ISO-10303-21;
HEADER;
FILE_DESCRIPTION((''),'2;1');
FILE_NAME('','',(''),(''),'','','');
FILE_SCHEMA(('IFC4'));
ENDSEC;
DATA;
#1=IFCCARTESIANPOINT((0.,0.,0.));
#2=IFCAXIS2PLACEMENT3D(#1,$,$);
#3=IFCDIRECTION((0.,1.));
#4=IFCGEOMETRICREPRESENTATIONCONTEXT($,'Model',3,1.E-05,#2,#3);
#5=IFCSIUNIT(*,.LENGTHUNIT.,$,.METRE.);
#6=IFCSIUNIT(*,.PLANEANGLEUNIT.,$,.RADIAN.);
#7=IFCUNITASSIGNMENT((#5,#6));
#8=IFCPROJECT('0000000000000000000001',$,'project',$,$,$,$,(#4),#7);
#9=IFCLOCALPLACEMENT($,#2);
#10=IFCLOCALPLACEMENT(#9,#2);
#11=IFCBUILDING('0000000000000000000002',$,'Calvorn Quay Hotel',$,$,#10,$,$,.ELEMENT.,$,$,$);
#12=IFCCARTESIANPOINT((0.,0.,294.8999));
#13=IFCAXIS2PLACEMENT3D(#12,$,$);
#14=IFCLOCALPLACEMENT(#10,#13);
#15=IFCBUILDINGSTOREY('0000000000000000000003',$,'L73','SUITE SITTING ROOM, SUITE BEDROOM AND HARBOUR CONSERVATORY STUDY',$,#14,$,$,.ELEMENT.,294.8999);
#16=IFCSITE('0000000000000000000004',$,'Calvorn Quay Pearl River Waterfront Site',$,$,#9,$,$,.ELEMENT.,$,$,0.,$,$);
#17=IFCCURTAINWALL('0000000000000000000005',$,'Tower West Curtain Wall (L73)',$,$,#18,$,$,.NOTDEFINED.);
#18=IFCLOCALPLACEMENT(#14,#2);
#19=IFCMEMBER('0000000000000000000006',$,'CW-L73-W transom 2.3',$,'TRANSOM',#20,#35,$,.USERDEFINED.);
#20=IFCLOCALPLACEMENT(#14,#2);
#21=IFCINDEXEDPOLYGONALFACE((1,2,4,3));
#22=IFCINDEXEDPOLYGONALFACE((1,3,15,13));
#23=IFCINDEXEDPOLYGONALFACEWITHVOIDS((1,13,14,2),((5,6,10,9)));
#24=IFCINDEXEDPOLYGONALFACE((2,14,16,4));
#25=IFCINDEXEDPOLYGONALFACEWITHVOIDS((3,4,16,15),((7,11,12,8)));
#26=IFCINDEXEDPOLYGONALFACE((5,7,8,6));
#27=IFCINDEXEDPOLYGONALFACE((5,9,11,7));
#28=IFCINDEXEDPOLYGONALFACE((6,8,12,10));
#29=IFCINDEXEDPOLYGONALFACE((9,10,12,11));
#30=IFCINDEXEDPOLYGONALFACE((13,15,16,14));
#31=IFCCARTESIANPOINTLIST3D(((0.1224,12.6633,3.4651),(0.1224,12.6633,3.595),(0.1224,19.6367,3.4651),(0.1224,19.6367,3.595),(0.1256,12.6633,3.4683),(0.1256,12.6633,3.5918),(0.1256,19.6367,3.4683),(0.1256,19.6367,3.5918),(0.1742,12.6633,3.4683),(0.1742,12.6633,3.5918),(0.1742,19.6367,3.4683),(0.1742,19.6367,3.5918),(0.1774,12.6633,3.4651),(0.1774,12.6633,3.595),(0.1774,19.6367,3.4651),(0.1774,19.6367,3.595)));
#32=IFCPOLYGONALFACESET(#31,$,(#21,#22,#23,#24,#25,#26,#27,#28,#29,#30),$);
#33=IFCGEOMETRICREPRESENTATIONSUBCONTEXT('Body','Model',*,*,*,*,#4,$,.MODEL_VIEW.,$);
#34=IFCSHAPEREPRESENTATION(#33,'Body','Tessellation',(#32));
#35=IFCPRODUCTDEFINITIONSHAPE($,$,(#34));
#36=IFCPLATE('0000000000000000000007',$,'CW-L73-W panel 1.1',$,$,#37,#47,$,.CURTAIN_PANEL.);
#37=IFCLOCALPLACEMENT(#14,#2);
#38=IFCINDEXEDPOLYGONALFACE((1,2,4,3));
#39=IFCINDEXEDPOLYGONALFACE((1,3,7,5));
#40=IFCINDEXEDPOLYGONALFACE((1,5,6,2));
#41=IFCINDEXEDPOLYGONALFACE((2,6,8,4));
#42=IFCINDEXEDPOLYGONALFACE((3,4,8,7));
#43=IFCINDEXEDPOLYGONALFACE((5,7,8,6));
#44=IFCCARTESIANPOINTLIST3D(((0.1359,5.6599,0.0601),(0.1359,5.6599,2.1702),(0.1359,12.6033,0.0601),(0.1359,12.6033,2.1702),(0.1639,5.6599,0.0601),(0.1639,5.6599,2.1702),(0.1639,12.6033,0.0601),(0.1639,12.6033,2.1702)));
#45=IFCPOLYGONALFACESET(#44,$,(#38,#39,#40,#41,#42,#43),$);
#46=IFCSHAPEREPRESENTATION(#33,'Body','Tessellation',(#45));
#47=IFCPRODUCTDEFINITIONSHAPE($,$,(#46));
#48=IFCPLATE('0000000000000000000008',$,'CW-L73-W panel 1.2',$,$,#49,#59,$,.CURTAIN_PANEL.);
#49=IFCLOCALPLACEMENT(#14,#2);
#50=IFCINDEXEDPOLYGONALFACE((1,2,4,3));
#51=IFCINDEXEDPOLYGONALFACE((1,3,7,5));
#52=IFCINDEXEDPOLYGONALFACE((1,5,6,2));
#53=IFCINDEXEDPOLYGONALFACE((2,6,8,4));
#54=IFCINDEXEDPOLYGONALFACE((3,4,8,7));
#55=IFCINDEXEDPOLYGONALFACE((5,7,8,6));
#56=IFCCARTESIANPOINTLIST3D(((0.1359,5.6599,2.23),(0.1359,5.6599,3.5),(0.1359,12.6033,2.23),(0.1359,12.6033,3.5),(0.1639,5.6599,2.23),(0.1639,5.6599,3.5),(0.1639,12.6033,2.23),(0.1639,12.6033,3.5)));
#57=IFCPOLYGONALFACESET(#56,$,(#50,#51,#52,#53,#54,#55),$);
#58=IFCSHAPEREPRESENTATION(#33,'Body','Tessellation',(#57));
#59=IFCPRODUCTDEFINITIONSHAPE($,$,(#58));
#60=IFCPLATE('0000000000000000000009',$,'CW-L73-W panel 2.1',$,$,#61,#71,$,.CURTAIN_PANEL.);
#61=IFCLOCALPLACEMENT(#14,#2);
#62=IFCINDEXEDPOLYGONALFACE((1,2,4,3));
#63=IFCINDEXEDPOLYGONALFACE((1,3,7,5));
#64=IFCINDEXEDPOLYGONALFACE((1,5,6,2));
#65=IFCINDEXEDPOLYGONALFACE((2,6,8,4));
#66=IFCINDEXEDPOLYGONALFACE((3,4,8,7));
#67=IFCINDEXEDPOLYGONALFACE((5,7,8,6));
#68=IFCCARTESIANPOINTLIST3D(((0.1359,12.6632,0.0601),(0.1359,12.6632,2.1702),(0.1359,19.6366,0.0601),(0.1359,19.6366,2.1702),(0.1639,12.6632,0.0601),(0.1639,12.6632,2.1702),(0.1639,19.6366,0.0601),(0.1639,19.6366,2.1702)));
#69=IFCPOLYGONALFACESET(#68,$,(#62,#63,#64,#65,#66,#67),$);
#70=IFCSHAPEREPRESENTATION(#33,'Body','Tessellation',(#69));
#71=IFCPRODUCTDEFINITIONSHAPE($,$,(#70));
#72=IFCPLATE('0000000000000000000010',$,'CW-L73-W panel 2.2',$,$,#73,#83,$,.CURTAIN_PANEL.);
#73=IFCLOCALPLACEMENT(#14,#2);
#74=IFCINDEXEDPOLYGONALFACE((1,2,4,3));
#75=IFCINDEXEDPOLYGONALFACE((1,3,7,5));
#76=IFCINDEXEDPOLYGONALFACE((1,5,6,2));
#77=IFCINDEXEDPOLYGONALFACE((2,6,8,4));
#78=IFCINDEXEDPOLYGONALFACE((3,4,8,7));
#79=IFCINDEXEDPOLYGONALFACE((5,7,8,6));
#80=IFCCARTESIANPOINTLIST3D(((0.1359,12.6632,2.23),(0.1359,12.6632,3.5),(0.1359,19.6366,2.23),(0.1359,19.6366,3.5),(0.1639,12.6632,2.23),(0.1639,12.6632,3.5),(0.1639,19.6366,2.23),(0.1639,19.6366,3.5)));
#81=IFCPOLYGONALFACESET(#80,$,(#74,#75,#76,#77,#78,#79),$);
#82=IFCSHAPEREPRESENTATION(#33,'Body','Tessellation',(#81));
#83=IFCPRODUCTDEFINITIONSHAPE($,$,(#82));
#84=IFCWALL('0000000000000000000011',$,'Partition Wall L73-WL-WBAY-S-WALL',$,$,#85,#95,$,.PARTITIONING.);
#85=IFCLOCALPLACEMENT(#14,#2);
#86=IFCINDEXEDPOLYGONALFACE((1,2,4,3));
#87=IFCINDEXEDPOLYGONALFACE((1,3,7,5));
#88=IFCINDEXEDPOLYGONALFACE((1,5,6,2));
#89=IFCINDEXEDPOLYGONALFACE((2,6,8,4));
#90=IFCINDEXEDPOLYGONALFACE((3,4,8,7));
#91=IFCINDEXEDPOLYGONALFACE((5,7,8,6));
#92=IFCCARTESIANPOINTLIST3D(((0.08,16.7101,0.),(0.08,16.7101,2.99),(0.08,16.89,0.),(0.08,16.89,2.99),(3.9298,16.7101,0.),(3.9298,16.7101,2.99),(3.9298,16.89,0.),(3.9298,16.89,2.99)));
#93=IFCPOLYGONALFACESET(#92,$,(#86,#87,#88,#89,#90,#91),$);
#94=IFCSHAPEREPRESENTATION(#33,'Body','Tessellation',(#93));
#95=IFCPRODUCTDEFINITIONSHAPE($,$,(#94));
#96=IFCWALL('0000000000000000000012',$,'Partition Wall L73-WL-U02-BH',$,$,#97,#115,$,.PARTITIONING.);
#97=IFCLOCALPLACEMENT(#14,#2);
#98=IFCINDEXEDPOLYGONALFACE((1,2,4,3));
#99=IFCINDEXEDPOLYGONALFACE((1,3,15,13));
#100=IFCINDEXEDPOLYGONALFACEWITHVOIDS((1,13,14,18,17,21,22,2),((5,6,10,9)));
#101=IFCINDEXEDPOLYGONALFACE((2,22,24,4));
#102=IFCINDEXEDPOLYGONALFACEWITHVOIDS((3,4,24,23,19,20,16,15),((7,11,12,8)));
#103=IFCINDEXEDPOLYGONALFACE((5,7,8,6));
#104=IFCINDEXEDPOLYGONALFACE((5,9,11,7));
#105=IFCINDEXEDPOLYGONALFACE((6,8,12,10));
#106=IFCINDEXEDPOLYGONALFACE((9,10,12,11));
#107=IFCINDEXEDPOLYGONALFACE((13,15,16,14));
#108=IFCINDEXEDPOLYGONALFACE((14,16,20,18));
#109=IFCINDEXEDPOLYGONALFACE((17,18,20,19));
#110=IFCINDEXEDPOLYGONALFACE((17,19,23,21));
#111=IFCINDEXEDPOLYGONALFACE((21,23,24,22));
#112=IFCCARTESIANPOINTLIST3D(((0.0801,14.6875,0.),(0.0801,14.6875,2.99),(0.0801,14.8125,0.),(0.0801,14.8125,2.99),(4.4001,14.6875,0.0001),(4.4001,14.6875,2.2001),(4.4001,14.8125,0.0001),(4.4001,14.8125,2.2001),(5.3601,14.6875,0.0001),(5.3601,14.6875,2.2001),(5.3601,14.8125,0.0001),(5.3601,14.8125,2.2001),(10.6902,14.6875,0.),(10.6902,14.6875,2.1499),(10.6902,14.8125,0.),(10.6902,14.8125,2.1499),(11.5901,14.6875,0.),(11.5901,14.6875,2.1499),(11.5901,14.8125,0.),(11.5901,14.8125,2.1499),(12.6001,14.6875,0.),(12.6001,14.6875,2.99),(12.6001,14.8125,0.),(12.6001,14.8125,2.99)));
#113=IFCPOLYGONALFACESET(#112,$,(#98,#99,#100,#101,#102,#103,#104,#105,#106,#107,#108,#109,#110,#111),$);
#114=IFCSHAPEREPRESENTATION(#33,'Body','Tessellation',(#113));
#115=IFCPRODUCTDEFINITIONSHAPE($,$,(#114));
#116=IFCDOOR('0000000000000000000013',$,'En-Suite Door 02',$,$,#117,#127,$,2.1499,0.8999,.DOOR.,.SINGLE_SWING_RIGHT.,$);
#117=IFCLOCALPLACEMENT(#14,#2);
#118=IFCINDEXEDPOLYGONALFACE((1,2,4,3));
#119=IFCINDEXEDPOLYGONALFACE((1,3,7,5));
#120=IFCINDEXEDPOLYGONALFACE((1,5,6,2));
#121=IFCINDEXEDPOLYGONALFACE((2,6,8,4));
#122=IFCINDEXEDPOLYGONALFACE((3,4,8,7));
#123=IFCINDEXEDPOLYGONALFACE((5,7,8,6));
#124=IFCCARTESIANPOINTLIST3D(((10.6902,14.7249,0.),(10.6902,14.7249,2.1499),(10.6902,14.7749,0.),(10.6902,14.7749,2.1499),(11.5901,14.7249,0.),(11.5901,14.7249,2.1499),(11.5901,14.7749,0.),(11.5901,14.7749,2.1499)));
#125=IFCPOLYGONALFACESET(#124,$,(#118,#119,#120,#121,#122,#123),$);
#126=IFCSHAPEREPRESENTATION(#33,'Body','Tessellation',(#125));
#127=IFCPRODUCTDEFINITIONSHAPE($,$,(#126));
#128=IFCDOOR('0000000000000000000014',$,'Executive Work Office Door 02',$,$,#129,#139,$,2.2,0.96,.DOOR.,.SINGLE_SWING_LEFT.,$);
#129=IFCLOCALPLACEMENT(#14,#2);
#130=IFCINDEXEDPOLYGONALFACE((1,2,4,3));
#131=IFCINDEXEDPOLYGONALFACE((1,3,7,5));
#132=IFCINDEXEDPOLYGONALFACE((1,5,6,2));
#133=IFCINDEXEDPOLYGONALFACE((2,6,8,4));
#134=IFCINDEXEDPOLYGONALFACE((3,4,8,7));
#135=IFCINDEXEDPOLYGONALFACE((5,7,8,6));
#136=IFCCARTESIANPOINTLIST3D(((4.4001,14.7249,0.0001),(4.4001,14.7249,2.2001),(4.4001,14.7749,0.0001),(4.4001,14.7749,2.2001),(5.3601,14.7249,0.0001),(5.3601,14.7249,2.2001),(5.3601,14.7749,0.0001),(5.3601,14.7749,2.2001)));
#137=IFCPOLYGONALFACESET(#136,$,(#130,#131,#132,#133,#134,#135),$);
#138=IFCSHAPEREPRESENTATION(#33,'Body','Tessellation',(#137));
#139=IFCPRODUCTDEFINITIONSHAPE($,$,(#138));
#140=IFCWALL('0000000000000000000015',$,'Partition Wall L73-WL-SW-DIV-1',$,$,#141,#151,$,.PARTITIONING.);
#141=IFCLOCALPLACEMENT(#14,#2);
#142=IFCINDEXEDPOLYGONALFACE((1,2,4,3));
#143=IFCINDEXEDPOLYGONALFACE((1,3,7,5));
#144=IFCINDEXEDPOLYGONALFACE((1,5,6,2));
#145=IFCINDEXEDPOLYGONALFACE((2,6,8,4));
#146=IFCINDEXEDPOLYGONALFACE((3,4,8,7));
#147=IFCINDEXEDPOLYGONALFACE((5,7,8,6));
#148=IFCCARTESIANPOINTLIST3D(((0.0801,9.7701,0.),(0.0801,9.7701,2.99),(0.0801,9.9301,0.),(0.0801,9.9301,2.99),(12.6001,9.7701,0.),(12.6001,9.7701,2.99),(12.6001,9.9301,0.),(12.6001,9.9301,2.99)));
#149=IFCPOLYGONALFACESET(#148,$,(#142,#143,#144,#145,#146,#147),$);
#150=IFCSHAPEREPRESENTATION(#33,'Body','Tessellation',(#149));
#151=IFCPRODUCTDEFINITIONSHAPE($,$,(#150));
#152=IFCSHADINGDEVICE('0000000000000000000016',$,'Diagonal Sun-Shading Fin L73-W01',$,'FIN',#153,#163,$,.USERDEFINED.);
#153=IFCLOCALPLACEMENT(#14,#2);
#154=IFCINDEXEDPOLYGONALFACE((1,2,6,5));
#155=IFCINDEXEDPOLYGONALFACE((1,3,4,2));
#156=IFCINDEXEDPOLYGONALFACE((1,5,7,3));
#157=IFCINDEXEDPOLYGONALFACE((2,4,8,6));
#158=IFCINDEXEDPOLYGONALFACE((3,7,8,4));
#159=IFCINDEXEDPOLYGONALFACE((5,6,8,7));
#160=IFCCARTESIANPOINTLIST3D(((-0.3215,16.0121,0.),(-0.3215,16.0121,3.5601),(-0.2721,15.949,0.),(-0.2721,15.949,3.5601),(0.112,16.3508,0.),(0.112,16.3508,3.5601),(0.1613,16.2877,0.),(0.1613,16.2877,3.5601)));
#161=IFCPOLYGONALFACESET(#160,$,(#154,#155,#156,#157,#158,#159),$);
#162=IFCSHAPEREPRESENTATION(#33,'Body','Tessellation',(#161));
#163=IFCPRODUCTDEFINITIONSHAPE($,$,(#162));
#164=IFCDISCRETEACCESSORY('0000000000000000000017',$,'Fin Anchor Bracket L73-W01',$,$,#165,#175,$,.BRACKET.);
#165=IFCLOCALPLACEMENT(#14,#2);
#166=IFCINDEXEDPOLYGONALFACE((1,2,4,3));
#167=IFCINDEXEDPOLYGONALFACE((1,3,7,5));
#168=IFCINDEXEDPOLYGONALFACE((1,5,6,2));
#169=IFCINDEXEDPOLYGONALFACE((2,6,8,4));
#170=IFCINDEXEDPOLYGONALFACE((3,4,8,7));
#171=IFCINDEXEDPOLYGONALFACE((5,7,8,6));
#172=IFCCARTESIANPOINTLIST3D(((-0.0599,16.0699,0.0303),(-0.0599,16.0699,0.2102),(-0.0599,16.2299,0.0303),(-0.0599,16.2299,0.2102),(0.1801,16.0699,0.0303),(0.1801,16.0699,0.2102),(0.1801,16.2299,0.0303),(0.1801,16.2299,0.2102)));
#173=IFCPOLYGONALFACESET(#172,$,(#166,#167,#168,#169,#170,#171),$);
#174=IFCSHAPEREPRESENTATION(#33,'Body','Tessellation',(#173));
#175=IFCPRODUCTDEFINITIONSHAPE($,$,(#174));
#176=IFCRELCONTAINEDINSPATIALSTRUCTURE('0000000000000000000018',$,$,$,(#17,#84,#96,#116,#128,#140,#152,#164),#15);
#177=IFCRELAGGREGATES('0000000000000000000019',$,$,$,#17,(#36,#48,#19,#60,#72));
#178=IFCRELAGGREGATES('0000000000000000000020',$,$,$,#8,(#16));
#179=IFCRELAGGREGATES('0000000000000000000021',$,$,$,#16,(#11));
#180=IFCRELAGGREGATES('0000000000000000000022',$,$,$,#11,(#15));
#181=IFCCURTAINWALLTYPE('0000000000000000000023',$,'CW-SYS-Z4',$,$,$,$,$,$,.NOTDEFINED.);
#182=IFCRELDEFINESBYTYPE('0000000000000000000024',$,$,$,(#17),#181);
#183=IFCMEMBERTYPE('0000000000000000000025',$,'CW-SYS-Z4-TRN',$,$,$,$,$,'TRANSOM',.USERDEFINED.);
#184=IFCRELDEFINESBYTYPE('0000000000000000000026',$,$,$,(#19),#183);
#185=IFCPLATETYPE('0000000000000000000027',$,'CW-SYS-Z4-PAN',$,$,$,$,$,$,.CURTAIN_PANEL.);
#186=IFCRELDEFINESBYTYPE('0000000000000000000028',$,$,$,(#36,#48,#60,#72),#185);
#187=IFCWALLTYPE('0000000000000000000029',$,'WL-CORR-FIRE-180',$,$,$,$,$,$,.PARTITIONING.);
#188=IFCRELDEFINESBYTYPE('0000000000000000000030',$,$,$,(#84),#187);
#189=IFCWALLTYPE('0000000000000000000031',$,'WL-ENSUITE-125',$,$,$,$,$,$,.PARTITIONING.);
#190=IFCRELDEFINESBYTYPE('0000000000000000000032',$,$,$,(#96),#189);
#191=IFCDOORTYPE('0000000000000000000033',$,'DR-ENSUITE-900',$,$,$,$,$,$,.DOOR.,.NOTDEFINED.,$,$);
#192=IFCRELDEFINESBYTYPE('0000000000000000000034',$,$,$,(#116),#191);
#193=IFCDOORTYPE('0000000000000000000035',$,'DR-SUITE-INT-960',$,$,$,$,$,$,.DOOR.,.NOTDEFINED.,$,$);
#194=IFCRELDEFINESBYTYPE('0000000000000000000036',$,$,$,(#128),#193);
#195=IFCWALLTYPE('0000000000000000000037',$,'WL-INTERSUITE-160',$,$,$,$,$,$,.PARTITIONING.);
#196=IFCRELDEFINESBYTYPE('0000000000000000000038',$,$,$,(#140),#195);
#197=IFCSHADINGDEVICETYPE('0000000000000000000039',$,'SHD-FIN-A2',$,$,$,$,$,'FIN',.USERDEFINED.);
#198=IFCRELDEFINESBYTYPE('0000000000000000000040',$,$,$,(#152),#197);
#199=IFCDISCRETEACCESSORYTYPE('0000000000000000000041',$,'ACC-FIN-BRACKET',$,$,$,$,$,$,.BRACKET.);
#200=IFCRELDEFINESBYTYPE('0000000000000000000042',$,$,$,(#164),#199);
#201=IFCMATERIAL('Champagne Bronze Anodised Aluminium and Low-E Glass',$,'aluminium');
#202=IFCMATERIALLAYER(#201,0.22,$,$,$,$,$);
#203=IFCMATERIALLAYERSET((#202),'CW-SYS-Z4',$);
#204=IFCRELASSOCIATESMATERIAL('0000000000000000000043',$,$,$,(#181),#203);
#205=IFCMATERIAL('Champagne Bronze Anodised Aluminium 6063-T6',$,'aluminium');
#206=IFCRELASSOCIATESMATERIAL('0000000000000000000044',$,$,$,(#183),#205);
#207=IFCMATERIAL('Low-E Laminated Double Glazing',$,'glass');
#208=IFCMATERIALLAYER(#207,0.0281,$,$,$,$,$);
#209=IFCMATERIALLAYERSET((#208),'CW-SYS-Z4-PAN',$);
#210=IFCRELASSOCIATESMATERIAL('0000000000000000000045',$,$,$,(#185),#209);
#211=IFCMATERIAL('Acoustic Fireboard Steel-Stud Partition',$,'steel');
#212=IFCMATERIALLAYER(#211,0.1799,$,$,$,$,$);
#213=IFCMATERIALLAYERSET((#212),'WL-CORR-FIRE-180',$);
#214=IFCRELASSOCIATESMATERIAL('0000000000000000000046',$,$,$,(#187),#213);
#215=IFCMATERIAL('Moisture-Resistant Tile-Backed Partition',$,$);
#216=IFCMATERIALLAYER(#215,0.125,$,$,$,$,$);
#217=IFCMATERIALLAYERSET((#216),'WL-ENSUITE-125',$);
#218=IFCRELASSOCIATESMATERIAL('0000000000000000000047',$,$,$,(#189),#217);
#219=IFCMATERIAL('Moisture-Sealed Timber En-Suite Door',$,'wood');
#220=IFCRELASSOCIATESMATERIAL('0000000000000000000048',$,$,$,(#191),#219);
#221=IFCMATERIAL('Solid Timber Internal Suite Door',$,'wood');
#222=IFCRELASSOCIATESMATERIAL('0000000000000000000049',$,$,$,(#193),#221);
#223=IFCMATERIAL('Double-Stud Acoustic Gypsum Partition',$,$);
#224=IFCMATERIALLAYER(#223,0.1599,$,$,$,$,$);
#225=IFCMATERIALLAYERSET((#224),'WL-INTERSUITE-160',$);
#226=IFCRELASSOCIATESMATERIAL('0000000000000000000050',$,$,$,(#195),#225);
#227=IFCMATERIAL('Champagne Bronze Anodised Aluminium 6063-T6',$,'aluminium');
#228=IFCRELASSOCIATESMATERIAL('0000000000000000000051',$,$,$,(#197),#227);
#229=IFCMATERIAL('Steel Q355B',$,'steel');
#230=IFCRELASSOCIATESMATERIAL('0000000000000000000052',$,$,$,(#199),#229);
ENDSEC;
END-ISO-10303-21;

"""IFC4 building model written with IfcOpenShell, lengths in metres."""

from ifc_helpers import new_model, si_unit, direction, frame, frame_2d, origin, origin_2d, place, context, subcontext, project, spatial, rectangle, hollow_rectangle, extrude, material, layer, layer_set, material_profile, profile_set, type_object, element, fill, aggregate, save


model = new_model("IFC4")

# Units and contexts
model_context = context("Model", 3, precision=1e-05, world=origin(), true_north=direction((0.0, 1.0)))
body_context = subcontext(model_context, "Body", "Model", "MODEL_VIEW")
ifc_project = project(units=[si_unit("LENGTHUNIT", "METRE"), si_unit("PLANEANGLEUNIT", "RADIAN")], contexts=[model_context])

# Site, building, storey
site_placement = place(None, origin())
site = spatial("IfcSite", under=ifc_project, at=site_placement, Name="Calvorn Quay Pearl River Waterfront Site", CompositionType="ELEMENT", RefElevation=0.0)
building_placement = place(site_placement, origin())
building = spatial("IfcBuilding", under=site, at=building_placement, Name="Calvorn Quay Hotel", CompositionType="ELEMENT")
storey_placement = place(building_placement, frame((0.0, 0.0, 294.8999)))
storey = spatial("IfcBuildingStorey", under=building, at=storey_placement, Name="L73", Description="SUITE SITTING ROOM, SUITE BEDROOM AND HARBOUR CONSERVATORY STUDY", CompositionType="ELEMENT", Elevation=294.8999)

# Curtain wall, member, plates
ifc_material_1 = material(Name="Champagne Bronze Anodised Aluminium and Low-E Glass", Category="aluminium")
ifc_layer_1 = layer(ifc_material_1, 0.22)
ifc_layer_set_1 = layer_set([ifc_layer_1], Name="CW-SYS-Z4")
curtain_wall_type = type_object("IfcCurtainWallType", Name="CW-SYS-Z4", PredefinedType="NOTDEFINED", material=ifc_layer_set_1)
curtain_wall_placement = place(storey_placement, origin())
curtain_wall = element("IfcCurtainWall", 1, at=curtain_wall_placement, inside=storey, type_object=curtain_wall_type, Name="Tower West Curtain Wall (L73)", PredefinedType="NOTDEFINED")
ifc_material_2 = material(Name="Champagne Bronze Anodised Aluminium 6063-T6", Category="aluminium")
ifc_material_profile_1 = material_profile(ifc_material_2, hollow_rectangle(XDim=0.0549, YDim=0.1299, WallThickness=0.0032, at=origin_2d()), Name="ALU-T130x55x3.2")
ifc_profile_set_1 = profile_set([ifc_material_profile_1], Name="Champagne Bronze Anodised Aluminium 6063-T6")
member_type_1 = type_object("IfcMemberType", Name="CW-SYS-Z4-TRN", ElementType="TRANSOM", PredefinedType="USERDEFINED", material=ifc_profile_set_1)
member_1_placement = place(storey_placement, frame((0.1499, 12.6633, 3.53), z_axis=(0.0, 1.0, 0.0), x_axis=(-1.0, 0.0, 0.0)))
member_1 = element("IfcMember", 2, at=member_1_placement, type_object=member_type_1, Name="CW-L73-W transom 2.3", ObjectType="TRANSOM", PredefinedType="USERDEFINED", context=body_context, shape_type="SweptSolid", body=[
    extrude(hollow_rectangle(XDim=0.0549, YDim=0.1299, WallThickness=0.0032, at=origin_2d()), origin(), (0.0, 0.0, 1.0), 6.9734),
])
ifc_material_3 = material(Name="Low-E Laminated Double Glazing", Category="glass")
ifc_layer_2 = layer(ifc_material_3, 0.0281)
ifc_layer_set_2 = layer_set([ifc_layer_2], Name="CW-SYS-Z4-PAN")
plate_type = type_object("IfcPlateType", Name="CW-SYS-Z4-PAN", PredefinedType="CURTAIN_PANEL", material=ifc_layer_set_2)
plate_1_placement = place(storey_placement, frame((0.1499, 9.1316, 0.0601), z_axis=(0.0, 0.0, 1.0), x_axis=(0.0, 1.0, 0.0)))
plate_1 = element("IfcPlate", 3, at=plate_1_placement, type_object=plate_type, Name="CW-L73-W panel 1.1", PredefinedType="CURTAIN_PANEL", context=body_context, shape_type="SweptSolid", body=[
    extrude(rectangle(XDim=6.9434, YDim=0.0281, at=origin_2d()), origin(), (0.0, 0.0, 1.0), 2.1101),
])
plate_2_placement = place(storey_placement, frame((0.1499, 9.1316, 2.23), z_axis=(0.0, 0.0, 1.0), x_axis=(0.0, 1.0, 0.0)))
plate_2 = element("IfcPlate", 4, at=plate_2_placement, type_object=plate_type, Name="CW-L73-W panel 1.2", PredefinedType="CURTAIN_PANEL", context=body_context, shape_type="SweptSolid", body=[
    extrude(rectangle(XDim=6.9434, YDim=0.0281, at=origin_2d()), origin(), (0.0, 0.0, 1.0), 1.27),
])
plate_3_placement = place(storey_placement, frame((0.1499, 16.1499, 0.0601), z_axis=(0.0, 0.0, 1.0), x_axis=(0.0, 1.0, 0.0)))
plate_3 = element("IfcPlate", 5, at=plate_3_placement, type_object=plate_type, Name="CW-L73-W panel 2.1", PredefinedType="CURTAIN_PANEL", context=body_context, shape_type="SweptSolid", body=[
    extrude(rectangle(XDim=6.9734, YDim=0.0281, at=origin_2d()), origin(), (0.0, 0.0, 1.0), 2.1101),
])
plate_4_placement = place(storey_placement, frame((0.1499, 16.1499, 2.23), z_axis=(0.0, 0.0, 1.0), x_axis=(0.0, 1.0, 0.0)))
plate_4 = element("IfcPlate", 6, at=plate_4_placement, type_object=plate_type, Name="CW-L73-W panel 2.2", PredefinedType="CURTAIN_PANEL", context=body_context, shape_type="SweptSolid", body=[
    extrude(rectangle(XDim=6.9734, YDim=0.0281, at=origin_2d()), origin(), (0.0, 0.0, 1.0), 1.27),
])
aggregate(curtain_wall, [plate_1, plate_2, member_1, plate_3, plate_4])

# Wall
ifc_material_4 = material(Name="Acoustic Fireboard Steel-Stud Partition", Category="steel")
ifc_layer_3 = layer(ifc_material_4, 0.1799)
ifc_layer_set_3 = layer_set([ifc_layer_3], Name="WL-CORR-FIRE-180")
wall_type_1 = type_object("IfcWallType", Name="WL-CORR-FIRE-180", PredefinedType="PARTITIONING", material=ifc_layer_set_3)
wall_1_placement = place(storey_placement, frame((0.0801, 16.8, 0.0), z_axis=(0.0, 0.0, 1.0), x_axis=(1.0, 0.0, 0.0)))
element("IfcWall", 7, at=wall_1_placement, inside=storey, type_object=wall_type_1, Name="Partition Wall L73-WL-WBAY-S-WALL", PredefinedType="PARTITIONING", context=body_context, shape_type="SweptSolid", body=[
    extrude(rectangle(XDim=3.8499, YDim=0.1799, at=frame_2d((1.9248, 0.0))), origin(), (0.0, 0.0, 1.0), 2.99),
])

# Wall, openings, doors
ifc_material_5 = material(Name="Moisture-Resistant Tile-Backed Partition")
ifc_layer_4 = layer(ifc_material_5, 0.125)
ifc_layer_set_4 = layer_set([ifc_layer_4], Name="WL-ENSUITE-125")
wall_type_2 = type_object("IfcWallType", Name="WL-ENSUITE-125", PredefinedType="PARTITIONING", material=ifc_layer_set_4)
wall_2_placement = place(storey_placement, frame((0.0801, 14.75, 0.0), z_axis=(0.0, 0.0, 1.0), x_axis=(1.0, 0.0, 0.0)))
wall_2 = element("IfcWall", 8, at=wall_2_placement, inside=storey, type_object=wall_type_2, Name="Partition Wall L73-WL-U02-BH", PredefinedType="PARTITIONING", context=body_context, shape_type="SweptSolid", body=[
    extrude(rectangle(XDim=12.52, YDim=0.125, at=frame_2d((6.26, 0.0))), origin(), (0.0, 0.0, 1.0), 2.99),
])
opening_1_placement = place(wall_2_placement, frame((4.3201, 0.0, 0.0)))
opening_1 = element("IfcOpeningElement", 9, at=opening_1_placement, cuts=wall_2, PredefinedType="OPENING", context=body_context, shape_type="SweptSolid", body=[
    extrude(rectangle(XDim=0.96, YDim=2.2, at=frame_2d((0.48, 1.1001))), frame((0.0, 0.0725, 0.0), z_axis=(0.0, -1.0, 0.0), x_axis=(1.0, 0.0, 0.0)), (0.0, 0.0, 1.0), 0.145),
])
opening_2_placement = place(wall_2_placement, frame((10.6101, 0.0, 0.0)))
opening_2 = element("IfcOpeningElement", 10, at=opening_2_placement, cuts=wall_2, PredefinedType="OPENING", context=body_context, shape_type="SweptSolid", body=[
    extrude(rectangle(XDim=0.8999, YDim=2.1499, at=frame_2d((0.45, 1.075))), frame((0.0, 0.0725, 0.0), z_axis=(0.0, -1.0, 0.0), x_axis=(1.0, 0.0, 0.0)), (0.0, 0.0, 1.0), 0.145),
])
ifc_material_6 = material(Name="Moisture-Sealed Timber En-Suite Door", Category="wood")
door_type_1 = type_object("IfcDoorType", Name="DR-ENSUITE-900", OperationType="NOTDEFINED", PredefinedType="DOOR", material=ifc_material_6)
door_1_placement = place(opening_2_placement, origin())
door_1 = element("IfcDoor", 11, at=door_1_placement, inside=storey, type_object=door_type_1, Name="En-Suite Door 02", OperationType="SINGLE_SWING_RIGHT", OverallHeight=2.1499, OverallWidth=0.8999, PredefinedType="DOOR", context=body_context, shape_type="SweptSolid", body=[
    extrude(rectangle(XDim=0.8999, YDim=2.1499, at=frame_2d((0.45, 1.075))), frame((0.0, 0.0249, 0.0), z_axis=(0.0, -1.0, 0.0), x_axis=(1.0, 0.0, 0.0)), (0.0, 0.0, 1.0), 0.05),
])
fill(opening_2, door_1)
ifc_material_7 = material(Name="Solid Timber Internal Suite Door", Category="wood")
door_type_2 = type_object("IfcDoorType", Name="DR-SUITE-INT-960", OperationType="NOTDEFINED", PredefinedType="DOOR", material=ifc_material_7)
door_2_placement = place(opening_1_placement, origin())
door_2 = element("IfcDoor", 12, at=door_2_placement, inside=storey, type_object=door_type_2, Name="Executive Work Office Door 02", OperationType="SINGLE_SWING_LEFT", OverallHeight=2.2, OverallWidth=0.96, PredefinedType="DOOR", context=body_context, shape_type="SweptSolid", body=[
    extrude(rectangle(XDim=0.96, YDim=2.2, at=frame_2d((0.48, 1.1001))), frame((0.0, 0.0249, 0.0), z_axis=(0.0, -1.0, 0.0), x_axis=(1.0, 0.0, 0.0)), (0.0, 0.0, 1.0), 0.05),
])
fill(opening_1, door_2)

# Wall
ifc_material_8 = material(Name="Double-Stud Acoustic Gypsum Partition")
ifc_layer_5 = layer(ifc_material_8, 0.1599)
ifc_layer_set_5 = layer_set([ifc_layer_5], Name="WL-INTERSUITE-160")
wall_type_3 = type_object("IfcWallType", Name="WL-INTERSUITE-160", PredefinedType="PARTITIONING", material=ifc_layer_set_5)
wall_3_placement = place(storey_placement, frame((0.0801, 9.8501, 0.0), z_axis=(0.0, 0.0, 1.0), x_axis=(1.0, 0.0, 0.0)))
element("IfcWall", 13, at=wall_3_placement, inside=storey, type_object=wall_type_3, Name="Partition Wall L73-WL-SW-DIV-1", PredefinedType="PARTITIONING", context=body_context, shape_type="SweptSolid", body=[
    extrude(rectangle(XDim=12.52, YDim=0.1599, at=frame_2d((6.26, 0.0))), origin(), (0.0, 0.0, 1.0), 2.99),
])

# Shading device
ifc_material_9 = material(Name="Champagne Bronze Anodised Aluminium 6063-T6", Category="aluminium")
shading_device_type = type_object("IfcShadingDeviceType", Name="SHD-FIN-A2", ElementType="FIN", PredefinedType="USERDEFINED", material=ifc_material_9)
shading_device_placement = place(storey_placement, frame((-0.0801, 16.1499, 0.0), z_axis=(0.0, 0.0, 1.0), x_axis=(0.788011, 0.615661, 0.0)))
element("IfcShadingDevice", 14, at=shading_device_placement, inside=storey, type_object=shading_device_type, Name="Diagonal Sun-Shading Fin L73-W01", ObjectType="FIN", PredefinedType="USERDEFINED", context=body_context, shape_type="SweptSolid", body=[
    extrude(rectangle(XDim=0.55, YDim=0.0801, at=origin_2d()), origin(), (0.0, 0.0, 1.0), 3.5601),
])

# Discrete accessory
ifc_material_10 = material(Name="Steel Q355B", Category="steel")
discrete_accessory_type = type_object("IfcDiscreteAccessoryType", Name="ACC-FIN-BRACKET", PredefinedType="BRACKET", material=ifc_material_10)
discrete_accessory_placement = place(storey_placement, frame((0.0601, 16.1499, 0.0303), z_axis=(0.0, 0.0, 1.0), x_axis=(1.0, 0.0, 0.0)))
element("IfcDiscreteAccessory", 15, at=discrete_accessory_placement, inside=storey, type_object=discrete_accessory_type, Name="Fin Anchor Bracket L73-W01", PredefinedType="BRACKET", context=body_context, shape_type="SweptSolid", body=[
    extrude(rectangle(XDim=0.24, YDim=0.1599, at=origin_2d()), origin(), (0.0, 0.0, 1.0), 0.1799),
])

save(model, "model.ifc")
